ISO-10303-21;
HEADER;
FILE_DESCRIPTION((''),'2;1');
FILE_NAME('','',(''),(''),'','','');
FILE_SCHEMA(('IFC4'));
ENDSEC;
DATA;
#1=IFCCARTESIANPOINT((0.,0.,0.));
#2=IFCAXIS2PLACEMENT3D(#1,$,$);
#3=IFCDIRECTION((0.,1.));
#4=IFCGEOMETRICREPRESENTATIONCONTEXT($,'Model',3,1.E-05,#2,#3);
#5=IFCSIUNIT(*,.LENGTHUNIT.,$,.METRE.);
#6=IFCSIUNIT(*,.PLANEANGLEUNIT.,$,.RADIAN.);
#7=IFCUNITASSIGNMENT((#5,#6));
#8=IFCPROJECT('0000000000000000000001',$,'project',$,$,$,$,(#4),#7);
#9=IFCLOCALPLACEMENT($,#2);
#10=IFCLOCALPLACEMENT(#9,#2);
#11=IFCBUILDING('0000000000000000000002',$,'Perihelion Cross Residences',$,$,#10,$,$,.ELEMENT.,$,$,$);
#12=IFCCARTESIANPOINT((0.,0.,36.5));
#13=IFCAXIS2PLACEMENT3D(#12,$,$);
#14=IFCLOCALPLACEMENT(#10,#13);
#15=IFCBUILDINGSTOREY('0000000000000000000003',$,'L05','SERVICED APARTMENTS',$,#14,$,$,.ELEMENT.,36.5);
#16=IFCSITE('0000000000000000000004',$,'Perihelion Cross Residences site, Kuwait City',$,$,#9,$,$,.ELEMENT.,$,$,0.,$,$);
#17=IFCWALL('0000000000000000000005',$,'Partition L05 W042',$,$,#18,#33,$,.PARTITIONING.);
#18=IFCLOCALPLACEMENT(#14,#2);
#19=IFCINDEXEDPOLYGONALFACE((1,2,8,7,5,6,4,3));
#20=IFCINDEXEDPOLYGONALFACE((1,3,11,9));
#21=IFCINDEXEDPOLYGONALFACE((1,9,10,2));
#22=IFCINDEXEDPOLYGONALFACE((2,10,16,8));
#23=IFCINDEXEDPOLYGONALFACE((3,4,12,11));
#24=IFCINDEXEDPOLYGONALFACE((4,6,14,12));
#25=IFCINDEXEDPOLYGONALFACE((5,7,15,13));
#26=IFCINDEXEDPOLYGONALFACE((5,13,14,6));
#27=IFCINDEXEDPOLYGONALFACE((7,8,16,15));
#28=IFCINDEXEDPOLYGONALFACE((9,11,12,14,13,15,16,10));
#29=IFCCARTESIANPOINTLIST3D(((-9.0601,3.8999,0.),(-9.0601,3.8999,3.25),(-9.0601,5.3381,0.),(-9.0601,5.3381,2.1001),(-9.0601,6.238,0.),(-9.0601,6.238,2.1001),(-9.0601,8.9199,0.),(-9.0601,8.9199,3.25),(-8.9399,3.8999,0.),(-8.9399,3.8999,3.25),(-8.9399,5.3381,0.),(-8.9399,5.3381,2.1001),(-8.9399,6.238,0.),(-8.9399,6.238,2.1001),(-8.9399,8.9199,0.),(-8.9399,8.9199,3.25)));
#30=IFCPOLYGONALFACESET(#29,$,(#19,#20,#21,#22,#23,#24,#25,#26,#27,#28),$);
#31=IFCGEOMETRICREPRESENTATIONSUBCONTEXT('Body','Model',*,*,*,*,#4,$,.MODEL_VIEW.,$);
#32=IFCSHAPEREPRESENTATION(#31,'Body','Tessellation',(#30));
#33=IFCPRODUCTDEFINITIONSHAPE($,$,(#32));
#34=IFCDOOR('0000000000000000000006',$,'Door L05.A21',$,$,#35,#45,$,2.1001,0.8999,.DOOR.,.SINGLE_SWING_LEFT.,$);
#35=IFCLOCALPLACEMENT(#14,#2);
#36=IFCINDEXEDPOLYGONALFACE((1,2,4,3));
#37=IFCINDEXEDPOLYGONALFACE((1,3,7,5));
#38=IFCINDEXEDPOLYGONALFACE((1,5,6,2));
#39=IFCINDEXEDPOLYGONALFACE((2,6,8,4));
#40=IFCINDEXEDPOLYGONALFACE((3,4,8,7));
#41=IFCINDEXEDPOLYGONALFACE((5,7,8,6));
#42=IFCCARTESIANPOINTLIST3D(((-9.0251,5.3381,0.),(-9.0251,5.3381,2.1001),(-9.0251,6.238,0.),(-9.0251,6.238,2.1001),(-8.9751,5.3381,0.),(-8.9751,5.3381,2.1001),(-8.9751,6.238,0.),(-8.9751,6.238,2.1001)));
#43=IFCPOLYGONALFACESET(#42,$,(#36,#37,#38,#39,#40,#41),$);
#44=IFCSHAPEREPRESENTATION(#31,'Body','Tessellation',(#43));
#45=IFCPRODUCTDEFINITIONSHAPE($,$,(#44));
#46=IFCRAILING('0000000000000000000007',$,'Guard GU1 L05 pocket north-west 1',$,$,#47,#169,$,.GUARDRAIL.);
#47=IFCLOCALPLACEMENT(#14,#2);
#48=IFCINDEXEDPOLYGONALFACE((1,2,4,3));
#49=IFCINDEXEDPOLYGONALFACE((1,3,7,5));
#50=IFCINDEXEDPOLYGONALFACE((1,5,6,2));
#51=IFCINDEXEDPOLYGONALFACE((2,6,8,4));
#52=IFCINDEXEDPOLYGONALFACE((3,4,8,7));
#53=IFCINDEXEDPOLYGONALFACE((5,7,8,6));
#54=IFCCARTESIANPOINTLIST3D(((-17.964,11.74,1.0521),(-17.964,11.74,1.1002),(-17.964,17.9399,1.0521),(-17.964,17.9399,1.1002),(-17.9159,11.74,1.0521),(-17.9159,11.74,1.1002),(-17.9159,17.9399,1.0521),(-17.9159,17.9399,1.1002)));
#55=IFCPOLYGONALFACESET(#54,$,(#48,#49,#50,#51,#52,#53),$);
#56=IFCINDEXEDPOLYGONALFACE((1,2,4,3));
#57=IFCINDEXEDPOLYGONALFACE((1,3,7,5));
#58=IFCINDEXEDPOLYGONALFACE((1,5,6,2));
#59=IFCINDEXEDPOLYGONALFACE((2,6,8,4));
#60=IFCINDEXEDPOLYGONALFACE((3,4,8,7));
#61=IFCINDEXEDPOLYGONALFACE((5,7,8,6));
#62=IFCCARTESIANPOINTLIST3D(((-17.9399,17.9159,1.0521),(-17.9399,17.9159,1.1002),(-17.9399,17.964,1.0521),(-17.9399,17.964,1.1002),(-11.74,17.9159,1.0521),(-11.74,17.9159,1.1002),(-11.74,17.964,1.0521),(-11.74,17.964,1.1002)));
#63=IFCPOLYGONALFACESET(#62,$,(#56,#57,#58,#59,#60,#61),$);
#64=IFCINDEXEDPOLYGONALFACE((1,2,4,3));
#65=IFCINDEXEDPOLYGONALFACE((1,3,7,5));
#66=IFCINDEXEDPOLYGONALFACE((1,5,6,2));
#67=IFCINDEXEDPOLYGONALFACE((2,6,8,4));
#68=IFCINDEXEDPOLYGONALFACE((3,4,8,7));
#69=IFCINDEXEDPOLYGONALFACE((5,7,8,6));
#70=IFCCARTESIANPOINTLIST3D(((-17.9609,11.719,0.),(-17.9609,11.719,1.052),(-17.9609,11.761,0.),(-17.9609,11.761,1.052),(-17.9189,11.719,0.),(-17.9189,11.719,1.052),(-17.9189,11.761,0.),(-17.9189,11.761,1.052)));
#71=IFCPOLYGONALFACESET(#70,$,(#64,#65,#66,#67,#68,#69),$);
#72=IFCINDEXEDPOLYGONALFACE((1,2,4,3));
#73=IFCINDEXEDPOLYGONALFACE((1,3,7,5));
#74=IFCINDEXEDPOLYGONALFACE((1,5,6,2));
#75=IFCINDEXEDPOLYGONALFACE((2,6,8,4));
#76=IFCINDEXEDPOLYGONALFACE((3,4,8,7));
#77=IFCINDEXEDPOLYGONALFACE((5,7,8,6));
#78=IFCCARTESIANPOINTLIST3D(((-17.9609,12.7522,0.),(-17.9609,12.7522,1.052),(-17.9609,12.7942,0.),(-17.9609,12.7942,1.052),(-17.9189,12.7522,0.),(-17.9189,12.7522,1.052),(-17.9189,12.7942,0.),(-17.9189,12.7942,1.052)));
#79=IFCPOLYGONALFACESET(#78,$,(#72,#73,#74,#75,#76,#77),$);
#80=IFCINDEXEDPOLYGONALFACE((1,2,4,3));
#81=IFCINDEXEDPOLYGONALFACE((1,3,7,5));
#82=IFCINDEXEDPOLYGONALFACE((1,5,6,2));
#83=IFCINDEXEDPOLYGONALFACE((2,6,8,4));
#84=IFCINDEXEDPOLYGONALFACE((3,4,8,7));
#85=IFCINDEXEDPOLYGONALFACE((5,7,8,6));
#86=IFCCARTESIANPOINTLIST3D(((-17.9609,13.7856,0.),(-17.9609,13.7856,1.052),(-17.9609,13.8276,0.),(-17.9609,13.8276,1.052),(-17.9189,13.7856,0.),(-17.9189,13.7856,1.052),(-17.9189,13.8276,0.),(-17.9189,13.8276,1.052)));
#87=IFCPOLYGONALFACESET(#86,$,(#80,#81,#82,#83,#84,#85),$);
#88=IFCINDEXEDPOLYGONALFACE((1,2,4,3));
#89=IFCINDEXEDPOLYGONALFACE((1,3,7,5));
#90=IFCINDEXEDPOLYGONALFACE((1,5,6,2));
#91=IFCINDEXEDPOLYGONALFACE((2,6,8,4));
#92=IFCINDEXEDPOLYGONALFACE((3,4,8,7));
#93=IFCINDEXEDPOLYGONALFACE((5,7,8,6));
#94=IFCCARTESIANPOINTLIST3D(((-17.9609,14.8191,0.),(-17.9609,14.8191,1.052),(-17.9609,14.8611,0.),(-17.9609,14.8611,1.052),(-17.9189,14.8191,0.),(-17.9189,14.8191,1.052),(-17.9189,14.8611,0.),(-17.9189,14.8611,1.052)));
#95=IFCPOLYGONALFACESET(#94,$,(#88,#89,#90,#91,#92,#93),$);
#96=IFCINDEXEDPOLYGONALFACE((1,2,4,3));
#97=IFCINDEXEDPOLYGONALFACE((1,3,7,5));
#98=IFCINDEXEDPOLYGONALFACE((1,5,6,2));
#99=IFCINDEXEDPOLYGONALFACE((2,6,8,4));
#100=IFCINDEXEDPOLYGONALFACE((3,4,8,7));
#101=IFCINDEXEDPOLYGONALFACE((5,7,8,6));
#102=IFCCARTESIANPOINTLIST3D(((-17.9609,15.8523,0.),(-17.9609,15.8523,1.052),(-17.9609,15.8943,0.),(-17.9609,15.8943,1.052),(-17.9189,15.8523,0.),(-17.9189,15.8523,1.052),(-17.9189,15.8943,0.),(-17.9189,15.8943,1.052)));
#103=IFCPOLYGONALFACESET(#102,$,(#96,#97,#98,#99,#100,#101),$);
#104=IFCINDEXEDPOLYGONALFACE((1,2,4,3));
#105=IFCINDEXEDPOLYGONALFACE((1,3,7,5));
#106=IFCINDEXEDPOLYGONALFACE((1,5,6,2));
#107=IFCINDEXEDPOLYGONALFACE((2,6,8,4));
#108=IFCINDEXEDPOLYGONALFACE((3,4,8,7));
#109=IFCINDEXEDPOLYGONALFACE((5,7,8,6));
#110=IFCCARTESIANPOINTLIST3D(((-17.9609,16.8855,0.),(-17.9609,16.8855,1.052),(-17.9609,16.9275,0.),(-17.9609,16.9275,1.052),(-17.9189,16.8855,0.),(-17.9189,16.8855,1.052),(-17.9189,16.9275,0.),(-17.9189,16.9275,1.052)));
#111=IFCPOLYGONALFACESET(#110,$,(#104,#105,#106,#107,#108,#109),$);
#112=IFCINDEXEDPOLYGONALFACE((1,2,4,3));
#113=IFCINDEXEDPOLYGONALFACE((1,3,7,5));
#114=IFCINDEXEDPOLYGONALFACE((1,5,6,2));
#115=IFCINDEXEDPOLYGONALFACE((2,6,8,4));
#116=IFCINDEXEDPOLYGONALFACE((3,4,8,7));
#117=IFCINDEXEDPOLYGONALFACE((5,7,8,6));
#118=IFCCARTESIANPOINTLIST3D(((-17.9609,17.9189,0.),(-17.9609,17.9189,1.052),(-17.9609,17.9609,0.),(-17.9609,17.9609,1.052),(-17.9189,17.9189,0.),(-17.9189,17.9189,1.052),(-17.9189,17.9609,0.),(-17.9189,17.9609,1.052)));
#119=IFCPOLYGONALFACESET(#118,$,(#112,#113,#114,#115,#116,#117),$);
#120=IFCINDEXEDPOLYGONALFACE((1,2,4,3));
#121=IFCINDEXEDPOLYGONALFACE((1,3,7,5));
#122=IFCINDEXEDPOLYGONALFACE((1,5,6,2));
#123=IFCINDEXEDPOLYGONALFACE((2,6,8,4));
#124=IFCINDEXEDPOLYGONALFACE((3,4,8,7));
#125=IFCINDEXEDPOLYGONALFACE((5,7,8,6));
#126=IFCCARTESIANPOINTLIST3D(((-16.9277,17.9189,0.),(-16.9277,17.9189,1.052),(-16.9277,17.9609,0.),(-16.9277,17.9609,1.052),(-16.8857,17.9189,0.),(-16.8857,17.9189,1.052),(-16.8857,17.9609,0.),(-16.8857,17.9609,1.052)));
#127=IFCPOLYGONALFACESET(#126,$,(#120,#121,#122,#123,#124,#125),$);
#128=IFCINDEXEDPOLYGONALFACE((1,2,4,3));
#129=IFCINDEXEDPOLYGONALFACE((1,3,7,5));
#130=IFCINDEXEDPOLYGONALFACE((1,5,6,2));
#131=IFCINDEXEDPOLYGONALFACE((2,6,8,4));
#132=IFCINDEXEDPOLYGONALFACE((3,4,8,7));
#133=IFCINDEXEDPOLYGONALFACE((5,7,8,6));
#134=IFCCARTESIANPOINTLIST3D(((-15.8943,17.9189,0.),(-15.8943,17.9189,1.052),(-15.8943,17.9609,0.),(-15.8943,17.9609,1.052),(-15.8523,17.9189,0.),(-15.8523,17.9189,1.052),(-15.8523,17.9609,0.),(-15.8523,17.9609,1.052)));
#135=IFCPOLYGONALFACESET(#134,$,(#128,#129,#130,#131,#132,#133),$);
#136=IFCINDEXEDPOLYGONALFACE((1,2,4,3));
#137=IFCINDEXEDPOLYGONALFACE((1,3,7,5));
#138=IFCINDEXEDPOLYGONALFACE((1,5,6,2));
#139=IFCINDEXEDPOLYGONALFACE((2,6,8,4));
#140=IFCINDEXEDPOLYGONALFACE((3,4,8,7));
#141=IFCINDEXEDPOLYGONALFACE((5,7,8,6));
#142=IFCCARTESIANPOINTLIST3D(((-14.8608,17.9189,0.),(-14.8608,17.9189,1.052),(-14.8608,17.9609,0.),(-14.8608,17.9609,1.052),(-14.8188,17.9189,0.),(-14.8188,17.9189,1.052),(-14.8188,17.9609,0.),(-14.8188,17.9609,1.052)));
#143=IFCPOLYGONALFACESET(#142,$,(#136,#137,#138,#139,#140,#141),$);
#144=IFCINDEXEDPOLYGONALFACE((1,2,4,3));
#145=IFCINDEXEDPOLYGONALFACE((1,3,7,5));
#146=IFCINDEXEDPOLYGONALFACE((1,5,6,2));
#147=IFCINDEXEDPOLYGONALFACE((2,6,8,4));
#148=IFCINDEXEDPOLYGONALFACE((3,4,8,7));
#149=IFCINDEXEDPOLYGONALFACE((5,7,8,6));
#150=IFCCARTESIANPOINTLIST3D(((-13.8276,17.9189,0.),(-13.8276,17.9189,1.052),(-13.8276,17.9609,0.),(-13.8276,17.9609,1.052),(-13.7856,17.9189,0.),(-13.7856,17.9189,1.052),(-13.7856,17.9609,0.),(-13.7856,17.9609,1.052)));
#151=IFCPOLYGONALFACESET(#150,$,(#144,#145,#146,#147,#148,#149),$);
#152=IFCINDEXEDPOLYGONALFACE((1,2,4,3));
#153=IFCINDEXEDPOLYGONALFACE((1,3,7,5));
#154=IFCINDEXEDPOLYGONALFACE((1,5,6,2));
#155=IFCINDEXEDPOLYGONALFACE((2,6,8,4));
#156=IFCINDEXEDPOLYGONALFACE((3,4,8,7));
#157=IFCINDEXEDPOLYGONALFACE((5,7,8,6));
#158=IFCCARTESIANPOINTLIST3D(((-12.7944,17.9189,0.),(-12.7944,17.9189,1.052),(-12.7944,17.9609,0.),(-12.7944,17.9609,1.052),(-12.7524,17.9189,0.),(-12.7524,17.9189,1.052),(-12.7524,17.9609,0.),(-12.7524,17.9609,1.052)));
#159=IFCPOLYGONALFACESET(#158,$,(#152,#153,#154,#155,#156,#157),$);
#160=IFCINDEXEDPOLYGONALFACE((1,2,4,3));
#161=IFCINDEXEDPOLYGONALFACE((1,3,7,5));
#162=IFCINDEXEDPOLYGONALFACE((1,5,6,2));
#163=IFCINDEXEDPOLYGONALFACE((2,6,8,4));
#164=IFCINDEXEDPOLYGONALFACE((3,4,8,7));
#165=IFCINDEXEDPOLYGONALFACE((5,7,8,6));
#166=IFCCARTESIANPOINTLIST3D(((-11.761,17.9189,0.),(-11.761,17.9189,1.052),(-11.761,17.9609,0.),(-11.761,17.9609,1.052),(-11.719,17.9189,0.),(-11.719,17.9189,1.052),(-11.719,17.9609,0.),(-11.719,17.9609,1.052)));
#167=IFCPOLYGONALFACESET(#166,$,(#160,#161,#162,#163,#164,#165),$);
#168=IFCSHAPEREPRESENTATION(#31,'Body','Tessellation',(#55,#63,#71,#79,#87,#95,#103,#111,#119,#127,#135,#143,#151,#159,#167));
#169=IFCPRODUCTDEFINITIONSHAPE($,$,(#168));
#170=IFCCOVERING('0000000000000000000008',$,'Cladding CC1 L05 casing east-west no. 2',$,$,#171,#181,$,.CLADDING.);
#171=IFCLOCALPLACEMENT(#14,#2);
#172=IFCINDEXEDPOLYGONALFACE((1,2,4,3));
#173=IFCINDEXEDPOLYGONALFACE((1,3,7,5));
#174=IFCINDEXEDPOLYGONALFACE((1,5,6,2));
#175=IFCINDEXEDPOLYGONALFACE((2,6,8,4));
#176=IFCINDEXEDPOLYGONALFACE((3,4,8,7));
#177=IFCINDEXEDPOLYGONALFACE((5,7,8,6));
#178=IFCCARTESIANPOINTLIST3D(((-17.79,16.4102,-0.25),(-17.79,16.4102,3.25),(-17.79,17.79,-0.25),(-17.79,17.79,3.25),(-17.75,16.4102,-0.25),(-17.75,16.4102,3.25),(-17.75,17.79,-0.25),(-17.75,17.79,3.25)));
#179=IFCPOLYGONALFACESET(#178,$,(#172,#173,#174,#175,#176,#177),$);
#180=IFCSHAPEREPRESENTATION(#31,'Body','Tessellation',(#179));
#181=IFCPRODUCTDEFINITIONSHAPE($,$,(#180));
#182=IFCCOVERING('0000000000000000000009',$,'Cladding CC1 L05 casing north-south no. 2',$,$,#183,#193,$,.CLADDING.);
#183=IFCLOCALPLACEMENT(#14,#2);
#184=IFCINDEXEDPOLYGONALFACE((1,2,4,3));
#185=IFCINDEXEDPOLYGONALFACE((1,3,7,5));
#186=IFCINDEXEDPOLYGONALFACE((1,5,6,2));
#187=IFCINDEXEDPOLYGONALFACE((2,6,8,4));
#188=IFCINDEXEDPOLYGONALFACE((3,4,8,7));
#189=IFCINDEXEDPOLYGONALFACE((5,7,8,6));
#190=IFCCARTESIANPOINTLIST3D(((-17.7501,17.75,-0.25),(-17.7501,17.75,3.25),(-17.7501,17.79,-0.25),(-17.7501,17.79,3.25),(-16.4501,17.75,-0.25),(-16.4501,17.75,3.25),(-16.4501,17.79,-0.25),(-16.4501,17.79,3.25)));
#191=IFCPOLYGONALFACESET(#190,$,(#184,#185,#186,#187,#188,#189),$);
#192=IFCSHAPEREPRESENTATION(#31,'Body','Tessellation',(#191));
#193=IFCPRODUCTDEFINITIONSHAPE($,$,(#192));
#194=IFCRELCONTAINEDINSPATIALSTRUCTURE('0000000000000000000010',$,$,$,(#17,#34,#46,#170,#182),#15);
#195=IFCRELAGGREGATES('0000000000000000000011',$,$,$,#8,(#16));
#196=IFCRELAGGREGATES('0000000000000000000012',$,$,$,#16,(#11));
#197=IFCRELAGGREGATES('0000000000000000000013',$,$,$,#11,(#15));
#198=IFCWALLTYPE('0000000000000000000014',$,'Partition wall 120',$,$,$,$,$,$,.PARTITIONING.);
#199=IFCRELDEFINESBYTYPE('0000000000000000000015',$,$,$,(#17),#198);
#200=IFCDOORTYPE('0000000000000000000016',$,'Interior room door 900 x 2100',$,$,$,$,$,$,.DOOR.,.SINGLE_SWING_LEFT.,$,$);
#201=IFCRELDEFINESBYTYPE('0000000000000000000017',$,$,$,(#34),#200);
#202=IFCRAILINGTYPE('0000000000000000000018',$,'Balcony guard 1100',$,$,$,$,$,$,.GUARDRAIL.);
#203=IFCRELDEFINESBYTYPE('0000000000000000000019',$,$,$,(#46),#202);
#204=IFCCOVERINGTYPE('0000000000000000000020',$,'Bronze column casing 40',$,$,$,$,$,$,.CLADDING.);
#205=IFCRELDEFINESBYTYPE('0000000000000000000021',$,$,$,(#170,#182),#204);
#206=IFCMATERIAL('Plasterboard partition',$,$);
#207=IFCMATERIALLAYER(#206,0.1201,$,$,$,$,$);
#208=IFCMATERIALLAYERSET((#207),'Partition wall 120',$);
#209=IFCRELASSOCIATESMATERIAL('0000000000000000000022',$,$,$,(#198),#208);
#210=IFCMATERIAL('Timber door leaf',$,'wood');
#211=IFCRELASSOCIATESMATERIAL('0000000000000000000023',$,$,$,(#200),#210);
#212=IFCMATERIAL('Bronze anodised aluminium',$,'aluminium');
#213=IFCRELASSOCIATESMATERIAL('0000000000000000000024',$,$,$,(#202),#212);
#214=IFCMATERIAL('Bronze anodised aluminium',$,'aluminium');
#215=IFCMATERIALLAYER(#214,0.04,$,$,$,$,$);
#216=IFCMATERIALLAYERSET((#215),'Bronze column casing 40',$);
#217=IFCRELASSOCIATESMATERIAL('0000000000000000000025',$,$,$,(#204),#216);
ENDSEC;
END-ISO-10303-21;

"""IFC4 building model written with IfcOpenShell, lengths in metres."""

from ifc_helpers import new_model, si_unit, direction, frame, frame_2d, origin, origin_2d, place, context, subcontext, project, spatial, rectangle, extrude, material, layer, layer_set, type_object, element, fill, save


model = new_model("IFC4")

# Units and contexts
model_context = context("Model", 3, precision=1e-05, world=origin(), true_north=direction((0.0, 1.0)))
body_context = subcontext(model_context, "Body", "Model", "MODEL_VIEW")
ifc_project = project(units=[si_unit("LENGTHUNIT", "METRE"), si_unit("PLANEANGLEUNIT", "RADIAN")], contexts=[model_context])

# Site, building, storey
site_placement = place(None, origin())
site = spatial("IfcSite", under=ifc_project, at=site_placement, Name="Perihelion Cross Residences site, Kuwait City", CompositionType="ELEMENT", RefElevation=0.0)
building_placement = place(site_placement, origin())
building = spatial("IfcBuilding", under=site, at=building_placement, Name="Perihelion Cross Residences", CompositionType="ELEMENT")
storey_placement = place(building_placement, frame((0.0, 0.0, 36.5)))
storey = spatial("IfcBuildingStorey", under=building, at=storey_placement, Name="L05", Description="SERVICED APARTMENTS", CompositionType="ELEMENT", Elevation=36.5)

# Wall, opening, door
ifc_material_1 = material(Name="Plasterboard partition")
ifc_layer_1 = layer(ifc_material_1, 0.1201)
ifc_layer_set_1 = layer_set([ifc_layer_1], Name="Partition wall 120")
wall_type_1 = type_object("IfcWallType", Name="Partition wall 120", PredefinedType="PARTITIONING", material=ifc_layer_set_1)
wall_1_placement = place(storey_placement, frame((-9.0, 8.9199, 0.0), z_axis=(0.0, 0.0, 1.0), x_axis=(0.0, -1.0, 0.0)))
wall_1 = element("IfcWall", 1, at=wall_1_placement, inside=storey, type_object=wall_type_1, Name="Partition L05 W042", PredefinedType="PARTITIONING", context=body_context, shape_type="SweptSolid", body=[
    extrude(rectangle(XDim=5.02, YDim=0.1201, at=frame_2d((2.51, 0.0))), origin(), (0.0, 0.0, 1.0), 3.25),
])
opening_1_placement = place(wall_1_placement, frame((2.6819, 0.0, 0.0)))
opening_1 = element("IfcOpeningElement", 2, at=opening_1_placement, cuts=wall_1, PredefinedType="OPENING", context=body_context, shape_type="SweptSolid", body=[
    extrude(rectangle(XDim=0.8999, YDim=2.1001, at=frame_2d((0.45, 1.05))), frame((0.0, 0.0701, 0.0), z_axis=(0.0, -1.0, 0.0), x_axis=(1.0, 0.0, 0.0)), (0.0, 0.0, 1.0), 0.1401),
])
ifc_material_2 = material(Name="Timber door leaf", Category="wood")
door_type_1 = type_object("IfcDoorType", Name="Interior room door 900 x 2100", OperationType="SINGLE_SWING_LEFT", PredefinedType="DOOR", material=ifc_material_2)
door_1_placement = place(opening_1_placement, origin())
door_1 = element("IfcDoor", 3, at=door_1_placement, inside=storey, type_object=door_type_1, Name="Door L05.A21", OperationType="SINGLE_SWING_LEFT", OverallHeight=2.1001, OverallWidth=0.8999, PredefinedType="DOOR", context=body_context, shape_type="SweptSolid", body=[
    extrude(rectangle(XDim=0.8999, YDim=2.1001, at=frame_2d((0.45, 1.05))), frame((0.0, 0.0249, 0.0), z_axis=(0.0, -1.0, 0.0), x_axis=(1.0, 0.0, 0.0)), (0.0, 0.0, 1.0), 0.05),
])
fill(opening_1, door_1)

# Railing
ifc_material_3 = material(Name="Bronze anodised aluminium", Category="aluminium")
railing_type = type_object("IfcRailingType", Name="Balcony guard 1100", PredefinedType="GUARDRAIL", material=ifc_material_3)
railing_1_placement = place(storey_placement, frame((-17.9399, 11.74, 0.0)))
element("IfcRailing", 4, at=railing_1_placement, inside=storey, type_object=railing_type, Name="Guard GU1 L05 pocket north-west 1", PredefinedType="GUARDRAIL", context=body_context, shape_type="SweptSolid", body=[
    extrude(rectangle(XDim=0.0481, YDim=0.0481, at=origin_2d()), frame((0.0, 0.0, 1.0762), z_axis=(0.0, 1.0, 0.0), x_axis=(-1.0, 0.0, 0.0)), (0.0, 0.0, 1.0), 6.2),
    extrude(rectangle(XDim=0.0481, YDim=0.0481, at=origin_2d()), frame((0.0, 6.2, 1.0762), z_axis=(1.0, 0.0, 0.0), x_axis=(0.0, 1.0, 0.0)), (0.0, 0.0, 1.0), 6.2),
    extrude(rectangle(XDim=0.042, YDim=0.042, at=origin_2d()), origin(), (0.0, 0.0, 1.0), 1.052),
    extrude(rectangle(XDim=0.042, YDim=0.042, at=origin_2d()), frame((0.0, 1.0332, 0.0)), (0.0, 0.0, 1.0), 1.052),
    extrude(rectangle(XDim=0.042, YDim=0.042, at=origin_2d()), frame((0.0, 2.0667, 0.0)), (0.0, 0.0, 1.0), 1.052),
    extrude(rectangle(XDim=0.042, YDim=0.042, at=origin_2d()), frame((0.0, 3.1001, 0.0)), (0.0, 0.0, 1.0), 1.052),
    extrude(rectangle(XDim=0.042, YDim=0.042, at=origin_2d()), frame((0.0, 4.1333, 0.0)), (0.0, 0.0, 1.0), 1.052),
    extrude(rectangle(XDim=0.042, YDim=0.042, at=origin_2d()), frame((0.0, 5.1665, 0.0)), (0.0, 0.0, 1.0), 1.052),
    extrude(rectangle(XDim=0.042, YDim=0.042, at=origin_2d()), frame((0.0, 6.2, 0.0)), (0.0, 0.0, 1.0), 1.052),
    extrude(rectangle(XDim=0.042, YDim=0.042, at=origin_2d()), frame((1.0332, 6.2, 0.0)), (0.0, 0.0, 1.0), 1.052),
    extrude(rectangle(XDim=0.042, YDim=0.042, at=origin_2d()), frame((2.0667, 6.2, 0.0)), (0.0, 0.0, 1.0), 1.052),
    extrude(rectangle(XDim=0.042, YDim=0.042, at=origin_2d()), frame((3.1001, 6.2, 0.0)), (0.0, 0.0, 1.0), 1.052),
    extrude(rectangle(XDim=0.042, YDim=0.042, at=origin_2d()), frame((4.1333, 6.2, 0.0)), (0.0, 0.0, 1.0), 1.052),
    extrude(rectangle(XDim=0.042, YDim=0.042, at=origin_2d()), frame((5.1665, 6.2, 0.0)), (0.0, 0.0, 1.0), 1.052),
    extrude(rectangle(XDim=0.042, YDim=0.042, at=origin_2d()), frame((6.2, 6.2, 0.0)), (0.0, 0.0, 1.0), 1.052),
])

# Coverings
ifc_material_4 = material(Name="Bronze anodised aluminium", Category="aluminium")
ifc_layer_2 = layer(ifc_material_4, 0.04)
ifc_layer_set_2 = layer_set([ifc_layer_2], Name="Bronze column casing 40")
covering_type = type_object("IfcCoveringType", Name="Bronze column casing 40", PredefinedType="CLADDING", material=ifc_layer_set_2)
covering_1_placement = place(storey_placement, frame((-17.77, 17.1001, -0.25), z_axis=(0.0, 0.0, 1.0), x_axis=(1.0, 0.0, 0.0)))
element("IfcCovering", 5, at=covering_1_placement, inside=storey, type_object=covering_type, Name="Cladding CC1 L05 casing east-west no. 2", PredefinedType="CLADDING", context=body_context, shape_type="SweptSolid", body=[
    extrude(rectangle(XDim=0.04, YDim=1.3799, at=origin_2d()), origin(), (0.0, 0.0, 1.0), 3.5),
])
covering_2_placement = place(storey_placement, frame((-17.1001, 17.77, -0.25), z_axis=(0.0, 0.0, 1.0), x_axis=(1.0, 0.0, 0.0)))
element("IfcCovering", 6, at=covering_2_placement, inside=storey, type_object=covering_type, Name="Cladding CC1 L05 casing north-south no. 2", PredefinedType="CLADDING", context=body_context, shape_type="SweptSolid", body=[
    extrude(rectangle(XDim=1.3, YDim=0.04, at=origin_2d()), origin(), (0.0, 0.0, 1.0), 3.5),
])

save(model, "model.ifc")
